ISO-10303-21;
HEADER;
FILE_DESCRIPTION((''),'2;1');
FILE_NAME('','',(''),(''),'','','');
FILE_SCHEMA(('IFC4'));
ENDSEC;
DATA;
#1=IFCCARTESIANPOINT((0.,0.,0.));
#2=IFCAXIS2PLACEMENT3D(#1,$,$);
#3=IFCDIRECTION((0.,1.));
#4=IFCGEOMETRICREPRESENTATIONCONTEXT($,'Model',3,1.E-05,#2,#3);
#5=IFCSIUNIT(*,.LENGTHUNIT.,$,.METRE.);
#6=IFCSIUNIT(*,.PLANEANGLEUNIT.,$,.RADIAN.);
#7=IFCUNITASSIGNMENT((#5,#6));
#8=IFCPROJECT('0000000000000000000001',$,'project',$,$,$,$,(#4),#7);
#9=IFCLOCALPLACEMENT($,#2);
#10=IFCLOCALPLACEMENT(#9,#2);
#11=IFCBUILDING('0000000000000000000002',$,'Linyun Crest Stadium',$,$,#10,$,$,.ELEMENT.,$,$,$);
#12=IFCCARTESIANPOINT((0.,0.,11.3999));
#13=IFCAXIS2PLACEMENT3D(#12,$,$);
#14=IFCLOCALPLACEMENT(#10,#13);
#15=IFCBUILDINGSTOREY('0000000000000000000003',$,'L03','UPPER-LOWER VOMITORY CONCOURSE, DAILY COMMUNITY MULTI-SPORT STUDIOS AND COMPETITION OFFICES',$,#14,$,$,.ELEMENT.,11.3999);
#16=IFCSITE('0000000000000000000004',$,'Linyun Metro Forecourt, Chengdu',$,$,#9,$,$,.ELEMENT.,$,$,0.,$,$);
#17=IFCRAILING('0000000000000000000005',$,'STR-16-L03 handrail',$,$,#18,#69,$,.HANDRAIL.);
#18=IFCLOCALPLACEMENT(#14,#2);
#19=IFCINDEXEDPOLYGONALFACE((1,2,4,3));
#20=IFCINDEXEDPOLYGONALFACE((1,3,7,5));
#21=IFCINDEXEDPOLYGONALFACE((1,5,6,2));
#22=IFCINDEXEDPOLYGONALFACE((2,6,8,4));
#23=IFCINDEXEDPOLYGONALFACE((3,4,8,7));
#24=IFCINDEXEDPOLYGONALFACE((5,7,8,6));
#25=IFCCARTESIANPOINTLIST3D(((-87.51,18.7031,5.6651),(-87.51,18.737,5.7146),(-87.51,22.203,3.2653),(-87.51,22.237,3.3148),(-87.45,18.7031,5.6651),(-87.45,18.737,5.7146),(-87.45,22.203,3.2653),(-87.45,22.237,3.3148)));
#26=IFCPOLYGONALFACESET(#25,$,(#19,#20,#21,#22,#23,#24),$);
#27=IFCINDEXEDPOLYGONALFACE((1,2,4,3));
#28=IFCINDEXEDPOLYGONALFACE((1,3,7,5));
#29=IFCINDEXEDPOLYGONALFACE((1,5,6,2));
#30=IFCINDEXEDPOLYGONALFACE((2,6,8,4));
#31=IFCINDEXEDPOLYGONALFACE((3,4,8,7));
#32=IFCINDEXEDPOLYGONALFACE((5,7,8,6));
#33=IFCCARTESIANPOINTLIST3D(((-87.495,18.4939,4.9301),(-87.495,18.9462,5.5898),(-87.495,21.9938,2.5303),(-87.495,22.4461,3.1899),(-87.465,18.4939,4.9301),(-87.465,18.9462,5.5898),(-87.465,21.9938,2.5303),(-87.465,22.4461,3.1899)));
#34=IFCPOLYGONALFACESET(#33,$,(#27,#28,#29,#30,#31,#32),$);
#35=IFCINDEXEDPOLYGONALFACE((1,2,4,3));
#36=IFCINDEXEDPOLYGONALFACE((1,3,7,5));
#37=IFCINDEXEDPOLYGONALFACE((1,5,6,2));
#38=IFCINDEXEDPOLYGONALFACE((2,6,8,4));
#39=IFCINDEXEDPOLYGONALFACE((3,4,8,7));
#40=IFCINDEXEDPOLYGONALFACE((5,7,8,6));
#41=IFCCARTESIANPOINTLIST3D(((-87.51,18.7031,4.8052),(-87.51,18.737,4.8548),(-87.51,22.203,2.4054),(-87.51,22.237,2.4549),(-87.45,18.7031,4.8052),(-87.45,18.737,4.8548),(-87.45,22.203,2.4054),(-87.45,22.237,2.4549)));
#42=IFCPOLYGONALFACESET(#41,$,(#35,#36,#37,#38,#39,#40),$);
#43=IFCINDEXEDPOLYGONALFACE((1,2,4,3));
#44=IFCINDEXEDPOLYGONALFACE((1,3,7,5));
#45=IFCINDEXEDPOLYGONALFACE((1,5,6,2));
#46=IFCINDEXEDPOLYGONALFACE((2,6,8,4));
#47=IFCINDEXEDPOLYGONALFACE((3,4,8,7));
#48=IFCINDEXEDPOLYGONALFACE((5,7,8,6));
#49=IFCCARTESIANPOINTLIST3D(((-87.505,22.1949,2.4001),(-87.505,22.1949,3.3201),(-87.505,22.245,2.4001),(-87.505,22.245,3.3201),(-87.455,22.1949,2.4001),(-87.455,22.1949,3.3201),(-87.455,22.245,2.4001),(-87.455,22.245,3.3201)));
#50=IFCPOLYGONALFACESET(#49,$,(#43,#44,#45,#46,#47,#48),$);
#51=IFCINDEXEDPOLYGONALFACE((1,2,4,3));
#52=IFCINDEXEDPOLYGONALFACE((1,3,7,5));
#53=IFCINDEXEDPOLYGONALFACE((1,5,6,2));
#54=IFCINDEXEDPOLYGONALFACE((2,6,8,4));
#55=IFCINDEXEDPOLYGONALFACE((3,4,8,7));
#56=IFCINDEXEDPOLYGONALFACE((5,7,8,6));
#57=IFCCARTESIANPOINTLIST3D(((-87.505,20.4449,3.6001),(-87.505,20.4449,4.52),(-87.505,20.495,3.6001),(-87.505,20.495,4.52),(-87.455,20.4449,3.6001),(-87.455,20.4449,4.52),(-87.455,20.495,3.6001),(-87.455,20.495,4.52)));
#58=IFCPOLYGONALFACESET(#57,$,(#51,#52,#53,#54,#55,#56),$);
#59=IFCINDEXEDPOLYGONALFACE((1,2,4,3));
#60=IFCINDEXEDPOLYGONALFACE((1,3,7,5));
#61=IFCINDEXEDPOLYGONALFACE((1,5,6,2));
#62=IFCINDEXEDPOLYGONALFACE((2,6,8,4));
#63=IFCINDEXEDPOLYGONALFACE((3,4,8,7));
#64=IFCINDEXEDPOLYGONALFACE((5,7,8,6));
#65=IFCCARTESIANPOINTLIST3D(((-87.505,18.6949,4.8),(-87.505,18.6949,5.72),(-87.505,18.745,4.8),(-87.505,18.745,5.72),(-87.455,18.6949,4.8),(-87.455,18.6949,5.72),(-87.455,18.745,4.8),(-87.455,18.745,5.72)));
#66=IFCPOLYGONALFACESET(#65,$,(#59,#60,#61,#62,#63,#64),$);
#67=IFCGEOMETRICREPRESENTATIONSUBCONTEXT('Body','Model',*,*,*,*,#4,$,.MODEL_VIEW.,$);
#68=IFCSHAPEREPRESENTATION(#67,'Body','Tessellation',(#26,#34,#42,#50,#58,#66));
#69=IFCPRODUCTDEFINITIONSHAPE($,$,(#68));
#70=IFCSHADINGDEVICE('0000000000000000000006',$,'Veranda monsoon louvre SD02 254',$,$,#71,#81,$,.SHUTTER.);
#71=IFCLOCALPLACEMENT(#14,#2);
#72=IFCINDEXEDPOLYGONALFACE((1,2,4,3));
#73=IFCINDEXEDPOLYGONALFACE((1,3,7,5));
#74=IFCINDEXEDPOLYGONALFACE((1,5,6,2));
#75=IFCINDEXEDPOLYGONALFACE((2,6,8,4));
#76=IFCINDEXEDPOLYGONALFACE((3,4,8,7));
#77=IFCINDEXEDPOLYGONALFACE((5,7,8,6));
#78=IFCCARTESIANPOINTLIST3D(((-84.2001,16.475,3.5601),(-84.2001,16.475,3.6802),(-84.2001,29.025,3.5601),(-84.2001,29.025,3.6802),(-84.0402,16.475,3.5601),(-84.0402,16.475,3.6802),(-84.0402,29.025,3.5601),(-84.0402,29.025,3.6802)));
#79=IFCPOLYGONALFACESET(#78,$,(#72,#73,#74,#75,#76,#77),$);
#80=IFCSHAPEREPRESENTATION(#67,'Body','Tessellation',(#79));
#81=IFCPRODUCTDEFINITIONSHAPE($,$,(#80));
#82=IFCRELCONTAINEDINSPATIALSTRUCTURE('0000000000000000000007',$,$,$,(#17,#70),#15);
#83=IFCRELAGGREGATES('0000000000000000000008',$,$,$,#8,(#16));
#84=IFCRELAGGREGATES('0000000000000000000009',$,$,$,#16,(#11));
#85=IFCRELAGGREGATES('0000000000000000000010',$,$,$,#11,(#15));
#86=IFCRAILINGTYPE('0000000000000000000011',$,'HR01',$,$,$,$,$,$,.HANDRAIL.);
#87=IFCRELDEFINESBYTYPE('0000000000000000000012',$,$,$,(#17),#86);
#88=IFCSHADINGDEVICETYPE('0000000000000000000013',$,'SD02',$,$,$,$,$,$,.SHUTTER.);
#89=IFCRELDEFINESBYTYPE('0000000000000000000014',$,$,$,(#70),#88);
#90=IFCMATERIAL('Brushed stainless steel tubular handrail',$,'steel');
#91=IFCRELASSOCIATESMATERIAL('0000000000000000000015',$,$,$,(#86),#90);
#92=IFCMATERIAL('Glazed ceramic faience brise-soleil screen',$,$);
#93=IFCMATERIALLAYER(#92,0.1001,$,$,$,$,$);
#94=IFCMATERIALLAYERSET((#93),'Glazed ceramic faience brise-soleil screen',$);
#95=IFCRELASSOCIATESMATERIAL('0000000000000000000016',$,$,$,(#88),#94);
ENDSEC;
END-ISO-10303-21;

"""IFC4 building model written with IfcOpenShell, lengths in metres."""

from ifc_helpers import new_model, si_unit, direction, frame, origin, origin_2d, place, context, subcontext, project, spatial, rectangle, extrude, material, layer, layer_set, type_object, element, save


model = new_model("IFC4")

# Units and contexts
model_context = context("Model", 3, precision=1e-05, world=origin(), true_north=direction((0.0, 1.0)))
body_context = subcontext(model_context, "Body", "Model", "MODEL_VIEW")
ifc_project = project(units=[si_unit("LENGTHUNIT", "METRE"), si_unit("PLANEANGLEUNIT", "RADIAN")], contexts=[model_context])

# Site, building, storey
site_placement = place(None, origin())
site = spatial("IfcSite", under=ifc_project, at=site_placement, Name="Linyun Metro Forecourt, Chengdu", CompositionType="ELEMENT", RefElevation=0.0)
building_placement = place(site_placement, origin())
building = spatial("IfcBuilding", under=site, at=building_placement, Name="Linyun Crest Stadium", CompositionType="ELEMENT")
storey_placement = place(building_placement, frame((0.0, 0.0, 11.3999)))
storey = spatial("IfcBuildingStorey", under=building, at=storey_placement, Name="L03", Description="UPPER-LOWER VOMITORY CONCOURSE, DAILY COMMUNITY MULTI-SPORT STUDIOS AND COMPETITION OFFICES", CompositionType="ELEMENT", Elevation=11.3999)

# Railing
ifc_material_1 = material(Name="Brushed stainless steel tubular handrail", Category="steel")
railing_type = type_object("IfcRailingType", Name="HR01", PredefinedType="HANDRAIL", material=ifc_material_1)
railing_placement = place(storey_placement, frame((-87.48, 22.22, 2.4001)))
element("IfcRailing", 1, at=railing_placement, inside=storey, type_object=railing_type, Name="STR-16-L03 handrail", PredefinedType="HANDRAIL", context=body_context, shape_type="SweptSolid", body=[
    extrude(rectangle(XDim=0.0601, YDim=0.0601, at=origin_2d()), frame((0.0, 0.0, 0.8899), z_axis=(0.0, -0.82474, 0.565513), x_axis=(1.0, 0.0, 0.0)), (0.0, 0.0, 1.0), 4.2437),
    extrude(rectangle(XDim=0.03, YDim=0.7998, at=origin_2d()), frame((0.0, 0.0, 0.46), z_axis=(0.0, -0.82474, 0.565513), x_axis=(1.0, 0.0, 0.0)), (0.0, 0.0, 1.0), 4.2437),
    extrude(rectangle(XDim=0.0601, YDim=0.0601, at=origin_2d()), frame((0.0, 0.0, 0.03), z_axis=(0.0, -0.82474, 0.565513), x_axis=(1.0, 0.0, 0.0)), (0.0, 0.0, 1.0), 4.2437),
    extrude(rectangle(XDim=0.05, YDim=0.05, at=origin_2d()), origin(), (0.0, 0.0, 1.0), 0.9199),
    extrude(rectangle(XDim=0.05, YDim=0.05, at=origin_2d()), frame((0.0, -1.75, 1.2)), (0.0, 0.0, 1.0), 0.9199),
    extrude(rectangle(XDim=0.05, YDim=0.05, at=origin_2d()), frame((0.0, -3.5, 2.3999)), (0.0, 0.0, 1.0), 0.9199),
])

# Shading device
ifc_material_2 = material(Name="Glazed ceramic faience brise-soleil screen")
ifc_layer_1 = layer(ifc_material_2, 0.1001)
ifc_layer_set_1 = layer_set([ifc_layer_1], Name="Glazed ceramic faience brise-soleil screen")
shading_device_type = type_object("IfcShadingDeviceType", Name="SD02", PredefinedType="SHUTTER", material=ifc_layer_set_1)
shading_device_placement = place(storey_placement, frame((-84.1201, 22.75, 3.5601), z_axis=(0.0, 0.0, 1.0), x_axis=(1.0, 0.0, 0.0)))
element("IfcShadingDevice", 2, at=shading_device_placement, inside=storey, type_object=shading_device_type, Name="Veranda monsoon louvre SD02 254", PredefinedType="SHUTTER", context=body_context, shape_type="SweptSolid", body=[
    extrude(rectangle(XDim=0.1599, YDim=12.55, at=origin_2d()), origin(), (0.0, 0.0, 1.0), 0.1201),
])

save(model, "model.ifc")
